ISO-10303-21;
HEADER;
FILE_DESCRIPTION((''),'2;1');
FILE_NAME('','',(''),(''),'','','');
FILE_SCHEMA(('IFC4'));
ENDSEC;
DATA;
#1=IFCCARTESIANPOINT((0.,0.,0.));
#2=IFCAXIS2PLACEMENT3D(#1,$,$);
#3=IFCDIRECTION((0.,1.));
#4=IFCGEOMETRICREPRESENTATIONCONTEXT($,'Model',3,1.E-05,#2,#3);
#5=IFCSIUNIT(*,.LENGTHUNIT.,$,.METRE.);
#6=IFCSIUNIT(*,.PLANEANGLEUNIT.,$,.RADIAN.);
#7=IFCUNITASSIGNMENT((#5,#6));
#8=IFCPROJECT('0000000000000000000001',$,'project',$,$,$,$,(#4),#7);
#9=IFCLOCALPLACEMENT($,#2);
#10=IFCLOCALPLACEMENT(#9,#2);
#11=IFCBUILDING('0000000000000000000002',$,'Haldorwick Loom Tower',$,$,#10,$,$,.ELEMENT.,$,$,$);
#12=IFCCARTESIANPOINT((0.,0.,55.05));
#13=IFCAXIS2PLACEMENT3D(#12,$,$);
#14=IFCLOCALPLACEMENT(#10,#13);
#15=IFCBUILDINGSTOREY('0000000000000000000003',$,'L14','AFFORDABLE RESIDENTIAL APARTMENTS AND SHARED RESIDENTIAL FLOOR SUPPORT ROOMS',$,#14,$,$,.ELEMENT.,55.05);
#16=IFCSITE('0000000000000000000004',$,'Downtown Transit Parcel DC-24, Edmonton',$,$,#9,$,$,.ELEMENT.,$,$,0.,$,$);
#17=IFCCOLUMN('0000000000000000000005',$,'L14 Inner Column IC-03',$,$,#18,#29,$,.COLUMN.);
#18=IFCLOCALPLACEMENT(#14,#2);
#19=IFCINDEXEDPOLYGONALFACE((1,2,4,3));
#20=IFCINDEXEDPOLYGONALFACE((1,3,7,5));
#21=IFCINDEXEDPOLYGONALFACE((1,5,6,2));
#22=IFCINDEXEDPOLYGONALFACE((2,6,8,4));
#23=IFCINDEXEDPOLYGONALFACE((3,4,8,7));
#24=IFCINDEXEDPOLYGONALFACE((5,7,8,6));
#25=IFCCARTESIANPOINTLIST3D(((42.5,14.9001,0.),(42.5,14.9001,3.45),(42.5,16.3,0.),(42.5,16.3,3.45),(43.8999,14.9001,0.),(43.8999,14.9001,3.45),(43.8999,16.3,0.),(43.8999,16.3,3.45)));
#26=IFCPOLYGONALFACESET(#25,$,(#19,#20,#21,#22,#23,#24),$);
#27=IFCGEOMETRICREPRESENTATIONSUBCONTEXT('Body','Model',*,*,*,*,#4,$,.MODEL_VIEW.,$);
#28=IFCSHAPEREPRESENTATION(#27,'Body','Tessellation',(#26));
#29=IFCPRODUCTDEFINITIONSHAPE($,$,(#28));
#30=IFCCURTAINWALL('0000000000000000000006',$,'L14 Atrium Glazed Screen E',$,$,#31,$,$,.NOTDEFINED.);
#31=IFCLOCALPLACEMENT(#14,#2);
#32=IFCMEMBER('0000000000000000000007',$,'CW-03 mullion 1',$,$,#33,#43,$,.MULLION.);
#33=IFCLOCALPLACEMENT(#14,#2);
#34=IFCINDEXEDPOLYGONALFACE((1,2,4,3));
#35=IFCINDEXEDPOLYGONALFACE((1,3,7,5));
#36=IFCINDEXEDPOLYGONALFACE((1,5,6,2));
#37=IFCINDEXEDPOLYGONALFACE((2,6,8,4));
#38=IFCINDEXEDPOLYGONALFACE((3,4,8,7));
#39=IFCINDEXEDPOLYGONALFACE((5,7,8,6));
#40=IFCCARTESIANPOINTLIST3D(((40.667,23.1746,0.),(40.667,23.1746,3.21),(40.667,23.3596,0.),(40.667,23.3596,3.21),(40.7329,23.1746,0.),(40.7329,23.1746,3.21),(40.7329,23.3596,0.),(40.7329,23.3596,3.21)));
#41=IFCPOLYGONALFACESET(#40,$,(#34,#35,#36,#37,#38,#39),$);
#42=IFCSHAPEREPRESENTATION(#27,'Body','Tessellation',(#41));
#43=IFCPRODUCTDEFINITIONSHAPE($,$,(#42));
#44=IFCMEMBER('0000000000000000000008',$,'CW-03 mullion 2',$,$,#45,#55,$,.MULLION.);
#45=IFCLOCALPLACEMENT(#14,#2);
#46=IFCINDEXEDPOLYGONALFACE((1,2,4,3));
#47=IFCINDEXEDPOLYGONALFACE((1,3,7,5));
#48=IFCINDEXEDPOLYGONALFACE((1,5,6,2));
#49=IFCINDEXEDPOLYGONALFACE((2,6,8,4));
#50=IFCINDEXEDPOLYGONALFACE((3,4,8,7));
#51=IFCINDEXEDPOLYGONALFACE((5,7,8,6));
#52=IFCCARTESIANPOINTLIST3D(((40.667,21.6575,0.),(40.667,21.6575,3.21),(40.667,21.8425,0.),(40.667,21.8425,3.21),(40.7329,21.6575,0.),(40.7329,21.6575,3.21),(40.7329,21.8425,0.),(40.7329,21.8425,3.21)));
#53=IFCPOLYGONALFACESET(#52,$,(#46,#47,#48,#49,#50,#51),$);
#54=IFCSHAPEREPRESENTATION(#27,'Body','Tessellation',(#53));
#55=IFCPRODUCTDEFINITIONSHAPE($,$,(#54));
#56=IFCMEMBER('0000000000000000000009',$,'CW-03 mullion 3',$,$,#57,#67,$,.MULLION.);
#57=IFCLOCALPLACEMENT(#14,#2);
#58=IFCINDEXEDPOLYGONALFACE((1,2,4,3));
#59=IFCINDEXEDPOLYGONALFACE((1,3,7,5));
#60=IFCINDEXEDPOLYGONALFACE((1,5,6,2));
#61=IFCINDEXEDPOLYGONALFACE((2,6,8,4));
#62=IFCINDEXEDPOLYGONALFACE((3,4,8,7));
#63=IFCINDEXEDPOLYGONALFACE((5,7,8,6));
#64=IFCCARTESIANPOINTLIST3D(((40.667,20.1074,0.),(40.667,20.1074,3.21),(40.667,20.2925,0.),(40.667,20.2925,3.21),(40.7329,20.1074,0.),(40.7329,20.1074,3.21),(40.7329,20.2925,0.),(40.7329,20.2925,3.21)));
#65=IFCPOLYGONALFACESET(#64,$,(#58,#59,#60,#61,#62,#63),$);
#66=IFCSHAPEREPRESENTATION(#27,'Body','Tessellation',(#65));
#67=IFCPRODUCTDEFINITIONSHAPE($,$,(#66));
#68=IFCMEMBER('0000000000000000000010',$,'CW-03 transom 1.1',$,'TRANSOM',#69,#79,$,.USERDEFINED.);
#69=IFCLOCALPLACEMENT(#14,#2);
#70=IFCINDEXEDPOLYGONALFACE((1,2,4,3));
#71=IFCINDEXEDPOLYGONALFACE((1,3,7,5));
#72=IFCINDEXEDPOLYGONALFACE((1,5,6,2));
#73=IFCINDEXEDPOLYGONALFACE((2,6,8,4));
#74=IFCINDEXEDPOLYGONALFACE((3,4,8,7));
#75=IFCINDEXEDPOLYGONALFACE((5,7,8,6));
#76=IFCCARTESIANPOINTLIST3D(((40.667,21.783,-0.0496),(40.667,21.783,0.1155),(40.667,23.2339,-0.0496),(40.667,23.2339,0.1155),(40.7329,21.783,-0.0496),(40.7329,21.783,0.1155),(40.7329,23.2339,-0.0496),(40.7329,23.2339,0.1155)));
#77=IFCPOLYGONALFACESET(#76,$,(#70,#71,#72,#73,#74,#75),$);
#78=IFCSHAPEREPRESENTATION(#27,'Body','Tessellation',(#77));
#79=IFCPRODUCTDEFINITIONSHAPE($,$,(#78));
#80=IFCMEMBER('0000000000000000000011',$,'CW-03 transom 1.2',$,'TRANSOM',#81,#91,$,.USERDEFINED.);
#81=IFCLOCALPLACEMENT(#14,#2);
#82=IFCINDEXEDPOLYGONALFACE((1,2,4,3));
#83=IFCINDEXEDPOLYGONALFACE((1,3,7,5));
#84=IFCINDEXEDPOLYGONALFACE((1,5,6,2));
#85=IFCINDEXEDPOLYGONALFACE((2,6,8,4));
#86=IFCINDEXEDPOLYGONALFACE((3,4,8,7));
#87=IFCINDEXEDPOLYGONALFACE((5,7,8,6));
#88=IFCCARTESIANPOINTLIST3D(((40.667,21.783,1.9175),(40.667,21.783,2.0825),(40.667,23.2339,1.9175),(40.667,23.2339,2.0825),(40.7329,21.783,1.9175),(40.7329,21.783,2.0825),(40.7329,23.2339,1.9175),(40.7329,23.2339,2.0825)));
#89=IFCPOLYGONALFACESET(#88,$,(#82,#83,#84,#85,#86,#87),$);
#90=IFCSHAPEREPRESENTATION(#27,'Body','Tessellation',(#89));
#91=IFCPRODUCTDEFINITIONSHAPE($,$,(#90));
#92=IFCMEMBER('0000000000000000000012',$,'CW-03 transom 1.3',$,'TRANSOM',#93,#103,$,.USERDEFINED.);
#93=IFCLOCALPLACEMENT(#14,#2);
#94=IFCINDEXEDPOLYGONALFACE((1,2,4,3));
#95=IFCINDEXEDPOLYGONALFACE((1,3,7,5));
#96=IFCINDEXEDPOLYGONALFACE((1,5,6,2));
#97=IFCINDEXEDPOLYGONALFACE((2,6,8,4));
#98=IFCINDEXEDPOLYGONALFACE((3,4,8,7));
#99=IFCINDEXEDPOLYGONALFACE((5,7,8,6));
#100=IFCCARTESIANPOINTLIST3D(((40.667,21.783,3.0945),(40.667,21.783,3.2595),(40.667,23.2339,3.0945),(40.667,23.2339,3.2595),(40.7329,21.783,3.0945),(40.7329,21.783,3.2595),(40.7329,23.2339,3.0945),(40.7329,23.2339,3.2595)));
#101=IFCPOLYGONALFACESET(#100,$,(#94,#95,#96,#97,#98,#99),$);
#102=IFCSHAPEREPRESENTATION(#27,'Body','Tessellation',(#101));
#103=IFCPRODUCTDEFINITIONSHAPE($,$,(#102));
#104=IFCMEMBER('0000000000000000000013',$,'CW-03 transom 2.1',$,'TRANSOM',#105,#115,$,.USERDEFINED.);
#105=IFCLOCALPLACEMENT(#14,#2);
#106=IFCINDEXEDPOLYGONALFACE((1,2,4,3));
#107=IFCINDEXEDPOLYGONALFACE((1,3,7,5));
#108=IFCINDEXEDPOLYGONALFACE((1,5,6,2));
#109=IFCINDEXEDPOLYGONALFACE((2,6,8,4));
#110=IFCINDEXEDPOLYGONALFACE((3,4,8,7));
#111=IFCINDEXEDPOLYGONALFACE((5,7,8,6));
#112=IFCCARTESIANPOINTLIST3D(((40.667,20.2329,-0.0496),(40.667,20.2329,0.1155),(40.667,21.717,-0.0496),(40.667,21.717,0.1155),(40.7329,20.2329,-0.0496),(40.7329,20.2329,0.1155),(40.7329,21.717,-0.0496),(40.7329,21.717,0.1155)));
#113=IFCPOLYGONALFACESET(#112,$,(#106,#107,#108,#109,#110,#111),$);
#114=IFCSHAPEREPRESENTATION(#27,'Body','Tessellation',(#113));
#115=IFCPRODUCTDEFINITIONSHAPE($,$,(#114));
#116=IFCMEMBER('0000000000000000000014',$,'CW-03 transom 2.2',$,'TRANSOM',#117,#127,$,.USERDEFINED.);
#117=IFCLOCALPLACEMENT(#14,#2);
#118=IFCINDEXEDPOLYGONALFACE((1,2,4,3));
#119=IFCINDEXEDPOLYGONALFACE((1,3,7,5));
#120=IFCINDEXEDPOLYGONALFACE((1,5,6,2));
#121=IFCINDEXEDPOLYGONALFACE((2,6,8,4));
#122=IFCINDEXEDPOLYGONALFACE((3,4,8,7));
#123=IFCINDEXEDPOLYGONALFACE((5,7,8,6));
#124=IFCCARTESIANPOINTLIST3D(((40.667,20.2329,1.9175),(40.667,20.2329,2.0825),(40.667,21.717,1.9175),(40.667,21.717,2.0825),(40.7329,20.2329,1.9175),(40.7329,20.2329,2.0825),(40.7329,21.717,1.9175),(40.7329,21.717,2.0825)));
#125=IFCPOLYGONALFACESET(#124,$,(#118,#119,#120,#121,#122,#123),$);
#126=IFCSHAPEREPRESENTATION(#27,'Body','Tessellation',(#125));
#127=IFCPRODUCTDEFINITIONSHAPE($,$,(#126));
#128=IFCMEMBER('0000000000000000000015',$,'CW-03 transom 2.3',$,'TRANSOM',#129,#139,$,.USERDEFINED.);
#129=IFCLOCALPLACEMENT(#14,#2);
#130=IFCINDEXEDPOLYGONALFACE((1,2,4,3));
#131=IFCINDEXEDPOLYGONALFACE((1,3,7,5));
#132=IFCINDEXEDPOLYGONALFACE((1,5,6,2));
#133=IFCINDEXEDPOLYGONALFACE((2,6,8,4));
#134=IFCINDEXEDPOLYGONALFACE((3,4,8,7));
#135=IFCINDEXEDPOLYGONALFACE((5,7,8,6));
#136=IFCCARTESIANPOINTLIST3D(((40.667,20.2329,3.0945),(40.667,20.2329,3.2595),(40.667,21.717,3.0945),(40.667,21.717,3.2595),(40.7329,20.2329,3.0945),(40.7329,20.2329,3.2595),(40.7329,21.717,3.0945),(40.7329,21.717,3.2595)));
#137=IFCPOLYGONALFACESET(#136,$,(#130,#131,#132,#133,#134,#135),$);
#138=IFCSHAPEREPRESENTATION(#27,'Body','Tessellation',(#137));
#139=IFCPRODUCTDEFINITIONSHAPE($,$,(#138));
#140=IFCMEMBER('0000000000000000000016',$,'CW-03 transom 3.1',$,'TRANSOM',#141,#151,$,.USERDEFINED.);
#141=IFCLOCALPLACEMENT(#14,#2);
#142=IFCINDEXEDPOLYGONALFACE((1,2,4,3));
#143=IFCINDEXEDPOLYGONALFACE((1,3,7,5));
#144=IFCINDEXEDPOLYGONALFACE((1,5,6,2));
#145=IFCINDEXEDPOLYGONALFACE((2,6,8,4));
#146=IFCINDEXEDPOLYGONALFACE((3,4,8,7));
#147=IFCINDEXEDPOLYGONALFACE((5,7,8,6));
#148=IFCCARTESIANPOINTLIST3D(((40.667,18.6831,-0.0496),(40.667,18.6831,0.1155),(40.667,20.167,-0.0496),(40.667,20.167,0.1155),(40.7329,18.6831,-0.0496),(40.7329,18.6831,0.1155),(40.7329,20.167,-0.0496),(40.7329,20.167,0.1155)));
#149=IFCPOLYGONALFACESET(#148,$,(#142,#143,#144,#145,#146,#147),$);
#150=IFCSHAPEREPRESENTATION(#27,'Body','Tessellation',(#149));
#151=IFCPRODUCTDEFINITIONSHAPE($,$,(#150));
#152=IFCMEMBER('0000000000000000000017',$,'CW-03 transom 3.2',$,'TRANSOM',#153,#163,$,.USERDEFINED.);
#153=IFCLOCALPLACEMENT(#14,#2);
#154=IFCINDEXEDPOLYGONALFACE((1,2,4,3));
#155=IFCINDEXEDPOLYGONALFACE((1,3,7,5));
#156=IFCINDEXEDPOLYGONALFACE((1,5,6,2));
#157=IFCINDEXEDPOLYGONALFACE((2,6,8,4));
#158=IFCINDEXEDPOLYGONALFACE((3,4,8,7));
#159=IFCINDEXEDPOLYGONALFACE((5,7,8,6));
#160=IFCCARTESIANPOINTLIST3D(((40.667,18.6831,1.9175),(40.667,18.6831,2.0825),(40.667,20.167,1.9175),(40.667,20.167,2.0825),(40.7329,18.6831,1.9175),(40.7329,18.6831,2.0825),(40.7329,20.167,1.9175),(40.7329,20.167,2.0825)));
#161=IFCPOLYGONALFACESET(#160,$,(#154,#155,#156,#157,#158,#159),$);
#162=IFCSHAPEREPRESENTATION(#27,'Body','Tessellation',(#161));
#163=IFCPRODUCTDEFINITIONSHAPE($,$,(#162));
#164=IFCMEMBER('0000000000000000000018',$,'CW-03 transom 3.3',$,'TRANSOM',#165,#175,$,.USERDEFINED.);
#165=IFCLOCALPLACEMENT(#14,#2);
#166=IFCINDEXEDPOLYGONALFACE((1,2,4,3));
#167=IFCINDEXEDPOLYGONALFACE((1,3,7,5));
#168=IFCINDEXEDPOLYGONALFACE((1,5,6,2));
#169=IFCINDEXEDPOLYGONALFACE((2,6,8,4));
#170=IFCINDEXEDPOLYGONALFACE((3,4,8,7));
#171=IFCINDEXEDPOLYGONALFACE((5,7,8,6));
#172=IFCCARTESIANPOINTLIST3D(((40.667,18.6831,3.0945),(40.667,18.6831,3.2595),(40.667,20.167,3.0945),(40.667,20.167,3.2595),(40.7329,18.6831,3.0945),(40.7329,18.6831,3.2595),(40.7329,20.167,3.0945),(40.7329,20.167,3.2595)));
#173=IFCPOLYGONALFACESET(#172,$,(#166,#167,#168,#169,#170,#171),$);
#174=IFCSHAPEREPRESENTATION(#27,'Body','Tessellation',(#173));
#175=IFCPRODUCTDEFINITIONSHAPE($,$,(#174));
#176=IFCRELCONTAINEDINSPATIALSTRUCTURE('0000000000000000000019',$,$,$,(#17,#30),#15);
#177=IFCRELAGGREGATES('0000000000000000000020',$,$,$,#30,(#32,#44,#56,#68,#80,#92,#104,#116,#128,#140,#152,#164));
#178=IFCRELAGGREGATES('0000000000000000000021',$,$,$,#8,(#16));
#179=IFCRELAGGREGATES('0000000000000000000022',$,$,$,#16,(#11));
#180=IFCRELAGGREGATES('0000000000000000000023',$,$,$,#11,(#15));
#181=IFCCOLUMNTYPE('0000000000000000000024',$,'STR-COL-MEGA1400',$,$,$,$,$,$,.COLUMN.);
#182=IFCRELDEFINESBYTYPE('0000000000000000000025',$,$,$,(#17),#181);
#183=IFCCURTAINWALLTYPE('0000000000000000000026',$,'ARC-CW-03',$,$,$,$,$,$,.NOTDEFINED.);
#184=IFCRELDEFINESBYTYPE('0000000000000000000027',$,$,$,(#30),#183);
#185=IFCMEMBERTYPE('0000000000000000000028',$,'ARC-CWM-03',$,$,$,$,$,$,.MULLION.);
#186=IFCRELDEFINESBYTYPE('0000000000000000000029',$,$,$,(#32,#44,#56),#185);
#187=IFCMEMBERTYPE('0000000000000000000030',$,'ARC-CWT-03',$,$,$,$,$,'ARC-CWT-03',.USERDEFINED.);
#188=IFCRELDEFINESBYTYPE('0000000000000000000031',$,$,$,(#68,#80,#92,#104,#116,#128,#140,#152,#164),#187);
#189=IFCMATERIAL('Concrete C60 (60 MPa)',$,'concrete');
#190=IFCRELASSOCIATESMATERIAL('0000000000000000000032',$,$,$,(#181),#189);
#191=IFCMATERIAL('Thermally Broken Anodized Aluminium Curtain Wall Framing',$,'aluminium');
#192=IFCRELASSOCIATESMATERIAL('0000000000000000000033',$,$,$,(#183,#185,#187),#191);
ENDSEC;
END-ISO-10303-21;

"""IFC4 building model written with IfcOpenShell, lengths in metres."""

from ifc_helpers import new_model, si_unit, direction, frame, origin, origin_2d, place, context, subcontext, project, spatial, rectangle, extrude, material, material_profile, profile_set, type_object, element, aggregate, save


model = new_model("IFC4")

# Units and contexts
model_context = context("Model", 3, precision=1e-05, world=origin(), true_north=direction((0.0, 1.0)))
body_context = subcontext(model_context, "Body", "Model", "MODEL_VIEW")
ifc_project = project(units=[si_unit("LENGTHUNIT", "METRE"), si_unit("PLANEANGLEUNIT", "RADIAN")], contexts=[model_context])

# Site, building, storey
site_placement = place(None, origin())
site = spatial("IfcSite", under=ifc_project, at=site_placement, Name="Downtown Transit Parcel DC-24, Edmonton", CompositionType="ELEMENT", RefElevation=0.0)
building_placement = place(site_placement, origin())
building = spatial("IfcBuilding", under=site, at=building_placement, Name="Haldorwick Loom Tower", CompositionType="ELEMENT")
storey_placement = place(building_placement, frame((0.0, 0.0, 55.05)))
storey = spatial("IfcBuildingStorey", under=building, at=storey_placement, Name="L14", Description="AFFORDABLE RESIDENTIAL APARTMENTS AND SHARED RESIDENTIAL FLOOR SUPPORT ROOMS", CompositionType="ELEMENT", Elevation=55.05)

# Column
ifc_material_1 = material(Name="Concrete C60 (60 MPa)", Category="concrete")
ifc_material_profile_1 = material_profile(ifc_material_1, rectangle(XDim=1.3999, YDim=1.3999, at=origin_2d()), Name="RC1400X1400", Category="concrete")
ifc_profile_set_1 = profile_set([ifc_material_profile_1], Name="Concrete C60 (60 MPa)")
column_type = type_object("IfcColumnType", Name="STR-COL-MEGA1400", PredefinedType="COLUMN", material=ifc_profile_set_1)
column_placement = place(storey_placement, frame((43.2, 15.6001, 0.0), z_axis=(0.0, 0.0, 1.0), x_axis=(1.0, 0.0, 0.0)))
element("IfcColumn", 1, at=column_placement, inside=storey, type_object=column_type, Name="L14 Inner Column IC-03", PredefinedType="COLUMN", context=body_context, shape_type="SweptSolid", body=[
    extrude(rectangle(XDim=1.3999, YDim=1.3999, at=origin_2d()), origin(), (0.0, 0.0, 1.0), 3.45),
])

# Curtain wall, members
ifc_material_2 = material(Name="Thermally Broken Anodized Aluminium Curtain Wall Framing", Category="aluminium")
curtain_wall_type = type_object("IfcCurtainWallType", Name="ARC-CW-03", PredefinedType="NOTDEFINED", material=ifc_material_2)
curtain_wall_placement = place(storey_placement, origin())
curtain_wall = element("IfcCurtainWall", 2, at=curtain_wall_placement, inside=storey, type_object=curtain_wall_type, Name="L14 Atrium Glazed Screen E", PredefinedType="NOTDEFINED")
ifc_material_profile_2 = material_profile(ifc_material_2, rectangle(XDim=0.0659, YDim=0.1851, at=origin_2d()), Name="ALU_MUL_66X185", Category="aluminium")
ifc_profile_set_2 = profile_set([ifc_material_profile_2], Name="Thermally Broken Anodized Aluminium Curtain Wall Framing")
member_type_1 = type_object("IfcMemberType", Name="ARC-CWM-03", PredefinedType="MULLION", material=ifc_profile_set_2)
member_1_placement = place(storey_placement, frame((40.7, 23.2671, 0.0), z_axis=(0.0, 0.0, 1.0), x_axis=(1.0, 0.0, 0.0)))
member_1 = element("IfcMember", 3, at=member_1_placement, type_object=member_type_1, Name="CW-03 mullion 1", PredefinedType="MULLION", context=body_context, shape_type="SweptSolid", body=[
    extrude(rectangle(XDim=0.0659, YDim=0.1851, at=origin_2d()), origin(), (0.0, 0.0, 1.0), 3.21),
])
member_2_placement = place(storey_placement, frame((40.7, 21.75, 0.0), z_axis=(0.0, 0.0, 1.0), x_axis=(1.0, 0.0, 0.0)))
member_2 = element("IfcMember", 4, at=member_2_placement, type_object=member_type_1, Name="CW-03 mullion 2", PredefinedType="MULLION", context=body_context, shape_type="SweptSolid", body=[
    extrude(rectangle(XDim=0.0659, YDim=0.1851, at=origin_2d()), origin(), (0.0, 0.0, 1.0), 3.21),
])
member_3_placement = place(storey_placement, frame((40.7, 20.2, 0.0), z_axis=(0.0, 0.0, 1.0), x_axis=(1.0, 0.0, 0.0)))
member_3 = element("IfcMember", 5, at=member_3_placement, type_object=member_type_1, Name="CW-03 mullion 3", PredefinedType="MULLION", context=body_context, shape_type="SweptSolid", body=[
    extrude(rectangle(XDim=0.0659, YDim=0.1851, at=origin_2d()), origin(), (0.0, 0.0, 1.0), 3.21),
])
ifc_material_profile_3 = material_profile(ifc_material_2, rectangle(XDim=0.0659, YDim=0.165, at=origin_2d()), Name="ALU_TRN_66X165", Category="aluminium")
ifc_profile_set_3 = profile_set([ifc_material_profile_3], Name="Thermally Broken Anodized Aluminium Curtain Wall Framing")
member_type_2 = type_object("IfcMemberType", Name="ARC-CWT-03", ElementType="ARC-CWT-03", PredefinedType="USERDEFINED", material=ifc_profile_set_3)
member_4_placement = place(storey_placement, frame((40.7, 23.2339, 0.033), z_axis=(0.0, -1.0, 0.0), x_axis=(1.0, 0.0, 0.0)))
member_4 = element("IfcMember", 6, at=member_4_placement, type_object=member_type_2, Name="CW-03 transom 1.1", ObjectType="TRANSOM", PredefinedType="USERDEFINED", context=body_context, shape_type="SweptSolid", body=[
    extrude(rectangle(XDim=0.0659, YDim=0.165, at=origin_2d()), origin(), (0.0, 0.0, 1.0), 1.4509),
])
member_5_placement = place(storey_placement, frame((40.7, 23.2339, 2.0), z_axis=(0.0, -1.0, 0.0), x_axis=(1.0, 0.0, 0.0)))
member_5 = element("IfcMember", 7, at=member_5_placement, type_object=member_type_2, Name="CW-03 transom 1.2", ObjectType="TRANSOM", PredefinedType="USERDEFINED", context=body_context, shape_type="SweptSolid", body=[
    extrude(rectangle(XDim=0.0659, YDim=0.165, at=origin_2d()), origin(), (0.0, 0.0, 1.0), 1.4509),
])
member_6_placement = place(storey_placement, frame((40.7, 23.2339, 3.177), z_axis=(0.0, -1.0, 0.0), x_axis=(1.0, 0.0, 0.0)))
member_6 = element("IfcMember", 8, at=member_6_placement, type_object=member_type_2, Name="CW-03 transom 1.3", ObjectType="TRANSOM", PredefinedType="USERDEFINED", context=body_context, shape_type="SweptSolid", body=[
    extrude(rectangle(XDim=0.0659, YDim=0.165, at=origin_2d()), origin(), (0.0, 0.0, 1.0), 1.4509),
])
member_7_placement = place(storey_placement, frame((40.7, 21.717, 0.033), z_axis=(0.0, -1.0, 0.0), x_axis=(1.0, 0.0, 0.0)))
member_7 = element("IfcMember", 9, at=member_7_placement, type_object=member_type_2, Name="CW-03 transom 2.1", ObjectType="TRANSOM", PredefinedType="USERDEFINED", context=body_context, shape_type="SweptSolid", body=[
    extrude(rectangle(XDim=0.0659, YDim=0.165, at=origin_2d()), origin(), (0.0, 0.0, 1.0), 1.4841),
])
member_8_placement = place(storey_placement, frame((40.7, 21.717, 2.0), z_axis=(0.0, -1.0, 0.0), x_axis=(1.0, 0.0, 0.0)))
member_8 = element("IfcMember", 10, at=member_8_placement, type_object=member_type_2, Name="CW-03 transom 2.2", ObjectType="TRANSOM", PredefinedType="USERDEFINED", context=body_context, shape_type="SweptSolid", body=[
    extrude(rectangle(XDim=0.0659, YDim=0.165, at=origin_2d()), origin(), (0.0, 0.0, 1.0), 1.4841),
])
member_9_placement = place(storey_placement, frame((40.7, 21.717, 3.177), z_axis=(0.0, -1.0, 0.0), x_axis=(1.0, 0.0, 0.0)))
member_9 = element("IfcMember", 11, at=member_9_placement, type_object=member_type_2, Name="CW-03 transom 2.3", ObjectType="TRANSOM", PredefinedType="USERDEFINED", context=body_context, shape_type="SweptSolid", body=[
    extrude(rectangle(XDim=0.0659, YDim=0.165, at=origin_2d()), origin(), (0.0, 0.0, 1.0), 1.4841),
])
member_10_placement = place(storey_placement, frame((40.7, 20.167, 0.033), z_axis=(0.0, -1.0, 0.0), x_axis=(1.0, 0.0, 0.0)))
member_10 = element("IfcMember", 12, at=member_10_placement, type_object=member_type_2, Name="CW-03 transom 3.1", ObjectType="TRANSOM", PredefinedType="USERDEFINED", context=body_context, shape_type="SweptSolid", body=[
    extrude(rectangle(XDim=0.0659, YDim=0.165, at=origin_2d()), origin(), (0.0, 0.0, 1.0), 1.4839),
])
member_11_placement = place(storey_placement, frame((40.7, 20.167, 2.0), z_axis=(0.0, -1.0, 0.0), x_axis=(1.0, 0.0, 0.0)))
member_11 = element("IfcMember", 13, at=member_11_placement, type_object=member_type_2, Name="CW-03 transom 3.2", ObjectType="TRANSOM", PredefinedType="USERDEFINED", context=body_context, shape_type="SweptSolid", body=[
    extrude(rectangle(XDim=0.0659, YDim=0.165, at=origin_2d()), origin(), (0.0, 0.0, 1.0), 1.4839),
])
member_12_placement = place(storey_placement, frame((40.7, 20.167, 3.177), z_axis=(0.0, -1.0, 0.0), x_axis=(1.0, 0.0, 0.0)))
member_12 = element("IfcMember", 14, at=member_12_placement, type_object=member_type_2, Name="CW-03 transom 3.3", ObjectType="TRANSOM", PredefinedType="USERDEFINED", context=body_context, shape_type="SweptSolid", body=[
    extrude(rectangle(XDim=0.0659, YDim=0.165, at=origin_2d()), origin(), (0.0, 0.0, 1.0), 1.4839),
])

aggregate(curtain_wall, [member_1, member_2, member_3, member_4, member_5, member_6, member_7, member_8, member_9, member_10, member_11, member_12])

save(model, "model.ifc")
